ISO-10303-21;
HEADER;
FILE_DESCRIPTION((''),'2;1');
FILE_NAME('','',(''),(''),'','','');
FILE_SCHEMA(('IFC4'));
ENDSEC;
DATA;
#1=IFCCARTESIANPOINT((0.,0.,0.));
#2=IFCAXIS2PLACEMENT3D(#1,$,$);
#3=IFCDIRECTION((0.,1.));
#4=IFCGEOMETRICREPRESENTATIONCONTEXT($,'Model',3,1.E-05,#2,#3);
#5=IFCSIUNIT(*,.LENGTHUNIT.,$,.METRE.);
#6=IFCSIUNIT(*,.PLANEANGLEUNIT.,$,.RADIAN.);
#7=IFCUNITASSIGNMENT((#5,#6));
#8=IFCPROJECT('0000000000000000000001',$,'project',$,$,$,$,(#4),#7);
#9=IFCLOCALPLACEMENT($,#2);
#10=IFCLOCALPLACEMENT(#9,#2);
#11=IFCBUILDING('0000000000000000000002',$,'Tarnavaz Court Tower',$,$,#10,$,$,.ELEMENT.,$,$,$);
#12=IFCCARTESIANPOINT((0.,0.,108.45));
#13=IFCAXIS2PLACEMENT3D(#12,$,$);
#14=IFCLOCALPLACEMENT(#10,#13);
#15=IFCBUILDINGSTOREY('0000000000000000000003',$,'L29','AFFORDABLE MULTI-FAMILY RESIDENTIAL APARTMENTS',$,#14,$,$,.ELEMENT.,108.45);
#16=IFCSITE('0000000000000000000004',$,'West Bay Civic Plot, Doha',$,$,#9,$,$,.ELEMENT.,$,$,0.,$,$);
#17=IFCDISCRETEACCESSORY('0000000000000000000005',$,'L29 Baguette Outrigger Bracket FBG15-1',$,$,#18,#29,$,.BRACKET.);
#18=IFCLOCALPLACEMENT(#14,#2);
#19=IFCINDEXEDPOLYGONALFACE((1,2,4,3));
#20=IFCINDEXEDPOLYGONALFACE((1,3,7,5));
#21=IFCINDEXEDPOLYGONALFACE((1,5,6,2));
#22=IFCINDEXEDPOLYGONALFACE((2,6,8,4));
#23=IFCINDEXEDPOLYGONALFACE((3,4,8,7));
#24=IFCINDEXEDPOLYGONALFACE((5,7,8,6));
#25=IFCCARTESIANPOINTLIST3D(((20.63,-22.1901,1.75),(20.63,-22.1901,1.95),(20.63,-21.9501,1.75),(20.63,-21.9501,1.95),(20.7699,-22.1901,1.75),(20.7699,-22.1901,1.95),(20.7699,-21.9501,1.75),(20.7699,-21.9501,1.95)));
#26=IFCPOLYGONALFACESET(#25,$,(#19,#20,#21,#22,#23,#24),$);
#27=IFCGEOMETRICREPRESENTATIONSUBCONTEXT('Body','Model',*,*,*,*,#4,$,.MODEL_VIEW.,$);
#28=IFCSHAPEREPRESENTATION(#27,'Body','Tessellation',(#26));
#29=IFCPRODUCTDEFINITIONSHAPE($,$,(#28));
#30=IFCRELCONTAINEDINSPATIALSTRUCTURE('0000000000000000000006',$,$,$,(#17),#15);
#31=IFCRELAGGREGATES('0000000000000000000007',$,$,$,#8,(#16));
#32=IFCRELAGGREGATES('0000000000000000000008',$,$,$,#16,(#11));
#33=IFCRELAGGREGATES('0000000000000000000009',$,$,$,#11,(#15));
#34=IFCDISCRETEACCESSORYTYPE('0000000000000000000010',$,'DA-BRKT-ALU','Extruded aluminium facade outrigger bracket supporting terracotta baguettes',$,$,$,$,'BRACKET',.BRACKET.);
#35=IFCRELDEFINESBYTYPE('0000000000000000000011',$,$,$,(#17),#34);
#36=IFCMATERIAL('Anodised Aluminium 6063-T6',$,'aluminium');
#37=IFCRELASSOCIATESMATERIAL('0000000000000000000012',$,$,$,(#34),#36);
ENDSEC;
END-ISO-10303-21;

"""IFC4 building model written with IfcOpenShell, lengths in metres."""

from ifc_helpers import new_model, si_unit, direction, frame, origin, origin_2d, place, context, subcontext, project, spatial, rectangle, extrude, material, type_object, element, save


model = new_model("IFC4")

# Units and contexts
model_context = context("Model", 3, precision=1e-05, world=origin(), true_north=direction((0.0, 1.0)))
body_context = subcontext(model_context, "Body", "Model", "MODEL_VIEW")
ifc_project = project(units=[si_unit("LENGTHUNIT", "METRE"), si_unit("PLANEANGLEUNIT", "RADIAN")], contexts=[model_context])

# Site, building, storey
site_placement = place(None, origin())
site = spatial("IfcSite", under=ifc_project, at=site_placement, Name="West Bay Civic Plot, Doha", CompositionType="ELEMENT", RefElevation=0.0)
building_placement = place(site_placement, origin())
building = spatial("IfcBuilding", under=site, at=building_placement, Name="Tarnavaz Court Tower", CompositionType="ELEMENT")
storey_placement = place(building_placement, frame((0.0, 0.0, 108.45)))
storey = spatial("IfcBuildingStorey", under=building, at=storey_placement, Name="L29", Description="AFFORDABLE MULTI-FAMILY RESIDENTIAL APARTMENTS", CompositionType="ELEMENT", Elevation=108.45)

# Discrete accessory
ifc_material_1 = material(Name="Anodised Aluminium 6063-T6", Category="aluminium")
discrete_accessory_type = type_object("IfcDiscreteAccessoryType", Name="DA-BRKT-ALU", Description="Extruded aluminium facade outrigger bracket supporting terracotta baguettes", ElementType="BRACKET", PredefinedType="BRACKET", material=ifc_material_1)
discrete_accessory_placement = place(storey_placement, frame((20.7, -22.0701, 1.75), z_axis=(0.0, 0.0, 1.0), x_axis=(-1.0, 0.0, 0.0)))
element("IfcDiscreteAccessory", 1, at=discrete_accessory_placement, inside=storey, type_object=discrete_accessory_type, Name="L29 Baguette Outrigger Bracket FBG15-1", PredefinedType="BRACKET", context=body_context, shape_type="SweptSolid", body=[
    extrude(rectangle(XDim=0.1399, YDim=0.24, at=origin_2d()), origin(), (0.0, 0.0, 1.0), 0.2),
])

save(model, "model.ifc")
